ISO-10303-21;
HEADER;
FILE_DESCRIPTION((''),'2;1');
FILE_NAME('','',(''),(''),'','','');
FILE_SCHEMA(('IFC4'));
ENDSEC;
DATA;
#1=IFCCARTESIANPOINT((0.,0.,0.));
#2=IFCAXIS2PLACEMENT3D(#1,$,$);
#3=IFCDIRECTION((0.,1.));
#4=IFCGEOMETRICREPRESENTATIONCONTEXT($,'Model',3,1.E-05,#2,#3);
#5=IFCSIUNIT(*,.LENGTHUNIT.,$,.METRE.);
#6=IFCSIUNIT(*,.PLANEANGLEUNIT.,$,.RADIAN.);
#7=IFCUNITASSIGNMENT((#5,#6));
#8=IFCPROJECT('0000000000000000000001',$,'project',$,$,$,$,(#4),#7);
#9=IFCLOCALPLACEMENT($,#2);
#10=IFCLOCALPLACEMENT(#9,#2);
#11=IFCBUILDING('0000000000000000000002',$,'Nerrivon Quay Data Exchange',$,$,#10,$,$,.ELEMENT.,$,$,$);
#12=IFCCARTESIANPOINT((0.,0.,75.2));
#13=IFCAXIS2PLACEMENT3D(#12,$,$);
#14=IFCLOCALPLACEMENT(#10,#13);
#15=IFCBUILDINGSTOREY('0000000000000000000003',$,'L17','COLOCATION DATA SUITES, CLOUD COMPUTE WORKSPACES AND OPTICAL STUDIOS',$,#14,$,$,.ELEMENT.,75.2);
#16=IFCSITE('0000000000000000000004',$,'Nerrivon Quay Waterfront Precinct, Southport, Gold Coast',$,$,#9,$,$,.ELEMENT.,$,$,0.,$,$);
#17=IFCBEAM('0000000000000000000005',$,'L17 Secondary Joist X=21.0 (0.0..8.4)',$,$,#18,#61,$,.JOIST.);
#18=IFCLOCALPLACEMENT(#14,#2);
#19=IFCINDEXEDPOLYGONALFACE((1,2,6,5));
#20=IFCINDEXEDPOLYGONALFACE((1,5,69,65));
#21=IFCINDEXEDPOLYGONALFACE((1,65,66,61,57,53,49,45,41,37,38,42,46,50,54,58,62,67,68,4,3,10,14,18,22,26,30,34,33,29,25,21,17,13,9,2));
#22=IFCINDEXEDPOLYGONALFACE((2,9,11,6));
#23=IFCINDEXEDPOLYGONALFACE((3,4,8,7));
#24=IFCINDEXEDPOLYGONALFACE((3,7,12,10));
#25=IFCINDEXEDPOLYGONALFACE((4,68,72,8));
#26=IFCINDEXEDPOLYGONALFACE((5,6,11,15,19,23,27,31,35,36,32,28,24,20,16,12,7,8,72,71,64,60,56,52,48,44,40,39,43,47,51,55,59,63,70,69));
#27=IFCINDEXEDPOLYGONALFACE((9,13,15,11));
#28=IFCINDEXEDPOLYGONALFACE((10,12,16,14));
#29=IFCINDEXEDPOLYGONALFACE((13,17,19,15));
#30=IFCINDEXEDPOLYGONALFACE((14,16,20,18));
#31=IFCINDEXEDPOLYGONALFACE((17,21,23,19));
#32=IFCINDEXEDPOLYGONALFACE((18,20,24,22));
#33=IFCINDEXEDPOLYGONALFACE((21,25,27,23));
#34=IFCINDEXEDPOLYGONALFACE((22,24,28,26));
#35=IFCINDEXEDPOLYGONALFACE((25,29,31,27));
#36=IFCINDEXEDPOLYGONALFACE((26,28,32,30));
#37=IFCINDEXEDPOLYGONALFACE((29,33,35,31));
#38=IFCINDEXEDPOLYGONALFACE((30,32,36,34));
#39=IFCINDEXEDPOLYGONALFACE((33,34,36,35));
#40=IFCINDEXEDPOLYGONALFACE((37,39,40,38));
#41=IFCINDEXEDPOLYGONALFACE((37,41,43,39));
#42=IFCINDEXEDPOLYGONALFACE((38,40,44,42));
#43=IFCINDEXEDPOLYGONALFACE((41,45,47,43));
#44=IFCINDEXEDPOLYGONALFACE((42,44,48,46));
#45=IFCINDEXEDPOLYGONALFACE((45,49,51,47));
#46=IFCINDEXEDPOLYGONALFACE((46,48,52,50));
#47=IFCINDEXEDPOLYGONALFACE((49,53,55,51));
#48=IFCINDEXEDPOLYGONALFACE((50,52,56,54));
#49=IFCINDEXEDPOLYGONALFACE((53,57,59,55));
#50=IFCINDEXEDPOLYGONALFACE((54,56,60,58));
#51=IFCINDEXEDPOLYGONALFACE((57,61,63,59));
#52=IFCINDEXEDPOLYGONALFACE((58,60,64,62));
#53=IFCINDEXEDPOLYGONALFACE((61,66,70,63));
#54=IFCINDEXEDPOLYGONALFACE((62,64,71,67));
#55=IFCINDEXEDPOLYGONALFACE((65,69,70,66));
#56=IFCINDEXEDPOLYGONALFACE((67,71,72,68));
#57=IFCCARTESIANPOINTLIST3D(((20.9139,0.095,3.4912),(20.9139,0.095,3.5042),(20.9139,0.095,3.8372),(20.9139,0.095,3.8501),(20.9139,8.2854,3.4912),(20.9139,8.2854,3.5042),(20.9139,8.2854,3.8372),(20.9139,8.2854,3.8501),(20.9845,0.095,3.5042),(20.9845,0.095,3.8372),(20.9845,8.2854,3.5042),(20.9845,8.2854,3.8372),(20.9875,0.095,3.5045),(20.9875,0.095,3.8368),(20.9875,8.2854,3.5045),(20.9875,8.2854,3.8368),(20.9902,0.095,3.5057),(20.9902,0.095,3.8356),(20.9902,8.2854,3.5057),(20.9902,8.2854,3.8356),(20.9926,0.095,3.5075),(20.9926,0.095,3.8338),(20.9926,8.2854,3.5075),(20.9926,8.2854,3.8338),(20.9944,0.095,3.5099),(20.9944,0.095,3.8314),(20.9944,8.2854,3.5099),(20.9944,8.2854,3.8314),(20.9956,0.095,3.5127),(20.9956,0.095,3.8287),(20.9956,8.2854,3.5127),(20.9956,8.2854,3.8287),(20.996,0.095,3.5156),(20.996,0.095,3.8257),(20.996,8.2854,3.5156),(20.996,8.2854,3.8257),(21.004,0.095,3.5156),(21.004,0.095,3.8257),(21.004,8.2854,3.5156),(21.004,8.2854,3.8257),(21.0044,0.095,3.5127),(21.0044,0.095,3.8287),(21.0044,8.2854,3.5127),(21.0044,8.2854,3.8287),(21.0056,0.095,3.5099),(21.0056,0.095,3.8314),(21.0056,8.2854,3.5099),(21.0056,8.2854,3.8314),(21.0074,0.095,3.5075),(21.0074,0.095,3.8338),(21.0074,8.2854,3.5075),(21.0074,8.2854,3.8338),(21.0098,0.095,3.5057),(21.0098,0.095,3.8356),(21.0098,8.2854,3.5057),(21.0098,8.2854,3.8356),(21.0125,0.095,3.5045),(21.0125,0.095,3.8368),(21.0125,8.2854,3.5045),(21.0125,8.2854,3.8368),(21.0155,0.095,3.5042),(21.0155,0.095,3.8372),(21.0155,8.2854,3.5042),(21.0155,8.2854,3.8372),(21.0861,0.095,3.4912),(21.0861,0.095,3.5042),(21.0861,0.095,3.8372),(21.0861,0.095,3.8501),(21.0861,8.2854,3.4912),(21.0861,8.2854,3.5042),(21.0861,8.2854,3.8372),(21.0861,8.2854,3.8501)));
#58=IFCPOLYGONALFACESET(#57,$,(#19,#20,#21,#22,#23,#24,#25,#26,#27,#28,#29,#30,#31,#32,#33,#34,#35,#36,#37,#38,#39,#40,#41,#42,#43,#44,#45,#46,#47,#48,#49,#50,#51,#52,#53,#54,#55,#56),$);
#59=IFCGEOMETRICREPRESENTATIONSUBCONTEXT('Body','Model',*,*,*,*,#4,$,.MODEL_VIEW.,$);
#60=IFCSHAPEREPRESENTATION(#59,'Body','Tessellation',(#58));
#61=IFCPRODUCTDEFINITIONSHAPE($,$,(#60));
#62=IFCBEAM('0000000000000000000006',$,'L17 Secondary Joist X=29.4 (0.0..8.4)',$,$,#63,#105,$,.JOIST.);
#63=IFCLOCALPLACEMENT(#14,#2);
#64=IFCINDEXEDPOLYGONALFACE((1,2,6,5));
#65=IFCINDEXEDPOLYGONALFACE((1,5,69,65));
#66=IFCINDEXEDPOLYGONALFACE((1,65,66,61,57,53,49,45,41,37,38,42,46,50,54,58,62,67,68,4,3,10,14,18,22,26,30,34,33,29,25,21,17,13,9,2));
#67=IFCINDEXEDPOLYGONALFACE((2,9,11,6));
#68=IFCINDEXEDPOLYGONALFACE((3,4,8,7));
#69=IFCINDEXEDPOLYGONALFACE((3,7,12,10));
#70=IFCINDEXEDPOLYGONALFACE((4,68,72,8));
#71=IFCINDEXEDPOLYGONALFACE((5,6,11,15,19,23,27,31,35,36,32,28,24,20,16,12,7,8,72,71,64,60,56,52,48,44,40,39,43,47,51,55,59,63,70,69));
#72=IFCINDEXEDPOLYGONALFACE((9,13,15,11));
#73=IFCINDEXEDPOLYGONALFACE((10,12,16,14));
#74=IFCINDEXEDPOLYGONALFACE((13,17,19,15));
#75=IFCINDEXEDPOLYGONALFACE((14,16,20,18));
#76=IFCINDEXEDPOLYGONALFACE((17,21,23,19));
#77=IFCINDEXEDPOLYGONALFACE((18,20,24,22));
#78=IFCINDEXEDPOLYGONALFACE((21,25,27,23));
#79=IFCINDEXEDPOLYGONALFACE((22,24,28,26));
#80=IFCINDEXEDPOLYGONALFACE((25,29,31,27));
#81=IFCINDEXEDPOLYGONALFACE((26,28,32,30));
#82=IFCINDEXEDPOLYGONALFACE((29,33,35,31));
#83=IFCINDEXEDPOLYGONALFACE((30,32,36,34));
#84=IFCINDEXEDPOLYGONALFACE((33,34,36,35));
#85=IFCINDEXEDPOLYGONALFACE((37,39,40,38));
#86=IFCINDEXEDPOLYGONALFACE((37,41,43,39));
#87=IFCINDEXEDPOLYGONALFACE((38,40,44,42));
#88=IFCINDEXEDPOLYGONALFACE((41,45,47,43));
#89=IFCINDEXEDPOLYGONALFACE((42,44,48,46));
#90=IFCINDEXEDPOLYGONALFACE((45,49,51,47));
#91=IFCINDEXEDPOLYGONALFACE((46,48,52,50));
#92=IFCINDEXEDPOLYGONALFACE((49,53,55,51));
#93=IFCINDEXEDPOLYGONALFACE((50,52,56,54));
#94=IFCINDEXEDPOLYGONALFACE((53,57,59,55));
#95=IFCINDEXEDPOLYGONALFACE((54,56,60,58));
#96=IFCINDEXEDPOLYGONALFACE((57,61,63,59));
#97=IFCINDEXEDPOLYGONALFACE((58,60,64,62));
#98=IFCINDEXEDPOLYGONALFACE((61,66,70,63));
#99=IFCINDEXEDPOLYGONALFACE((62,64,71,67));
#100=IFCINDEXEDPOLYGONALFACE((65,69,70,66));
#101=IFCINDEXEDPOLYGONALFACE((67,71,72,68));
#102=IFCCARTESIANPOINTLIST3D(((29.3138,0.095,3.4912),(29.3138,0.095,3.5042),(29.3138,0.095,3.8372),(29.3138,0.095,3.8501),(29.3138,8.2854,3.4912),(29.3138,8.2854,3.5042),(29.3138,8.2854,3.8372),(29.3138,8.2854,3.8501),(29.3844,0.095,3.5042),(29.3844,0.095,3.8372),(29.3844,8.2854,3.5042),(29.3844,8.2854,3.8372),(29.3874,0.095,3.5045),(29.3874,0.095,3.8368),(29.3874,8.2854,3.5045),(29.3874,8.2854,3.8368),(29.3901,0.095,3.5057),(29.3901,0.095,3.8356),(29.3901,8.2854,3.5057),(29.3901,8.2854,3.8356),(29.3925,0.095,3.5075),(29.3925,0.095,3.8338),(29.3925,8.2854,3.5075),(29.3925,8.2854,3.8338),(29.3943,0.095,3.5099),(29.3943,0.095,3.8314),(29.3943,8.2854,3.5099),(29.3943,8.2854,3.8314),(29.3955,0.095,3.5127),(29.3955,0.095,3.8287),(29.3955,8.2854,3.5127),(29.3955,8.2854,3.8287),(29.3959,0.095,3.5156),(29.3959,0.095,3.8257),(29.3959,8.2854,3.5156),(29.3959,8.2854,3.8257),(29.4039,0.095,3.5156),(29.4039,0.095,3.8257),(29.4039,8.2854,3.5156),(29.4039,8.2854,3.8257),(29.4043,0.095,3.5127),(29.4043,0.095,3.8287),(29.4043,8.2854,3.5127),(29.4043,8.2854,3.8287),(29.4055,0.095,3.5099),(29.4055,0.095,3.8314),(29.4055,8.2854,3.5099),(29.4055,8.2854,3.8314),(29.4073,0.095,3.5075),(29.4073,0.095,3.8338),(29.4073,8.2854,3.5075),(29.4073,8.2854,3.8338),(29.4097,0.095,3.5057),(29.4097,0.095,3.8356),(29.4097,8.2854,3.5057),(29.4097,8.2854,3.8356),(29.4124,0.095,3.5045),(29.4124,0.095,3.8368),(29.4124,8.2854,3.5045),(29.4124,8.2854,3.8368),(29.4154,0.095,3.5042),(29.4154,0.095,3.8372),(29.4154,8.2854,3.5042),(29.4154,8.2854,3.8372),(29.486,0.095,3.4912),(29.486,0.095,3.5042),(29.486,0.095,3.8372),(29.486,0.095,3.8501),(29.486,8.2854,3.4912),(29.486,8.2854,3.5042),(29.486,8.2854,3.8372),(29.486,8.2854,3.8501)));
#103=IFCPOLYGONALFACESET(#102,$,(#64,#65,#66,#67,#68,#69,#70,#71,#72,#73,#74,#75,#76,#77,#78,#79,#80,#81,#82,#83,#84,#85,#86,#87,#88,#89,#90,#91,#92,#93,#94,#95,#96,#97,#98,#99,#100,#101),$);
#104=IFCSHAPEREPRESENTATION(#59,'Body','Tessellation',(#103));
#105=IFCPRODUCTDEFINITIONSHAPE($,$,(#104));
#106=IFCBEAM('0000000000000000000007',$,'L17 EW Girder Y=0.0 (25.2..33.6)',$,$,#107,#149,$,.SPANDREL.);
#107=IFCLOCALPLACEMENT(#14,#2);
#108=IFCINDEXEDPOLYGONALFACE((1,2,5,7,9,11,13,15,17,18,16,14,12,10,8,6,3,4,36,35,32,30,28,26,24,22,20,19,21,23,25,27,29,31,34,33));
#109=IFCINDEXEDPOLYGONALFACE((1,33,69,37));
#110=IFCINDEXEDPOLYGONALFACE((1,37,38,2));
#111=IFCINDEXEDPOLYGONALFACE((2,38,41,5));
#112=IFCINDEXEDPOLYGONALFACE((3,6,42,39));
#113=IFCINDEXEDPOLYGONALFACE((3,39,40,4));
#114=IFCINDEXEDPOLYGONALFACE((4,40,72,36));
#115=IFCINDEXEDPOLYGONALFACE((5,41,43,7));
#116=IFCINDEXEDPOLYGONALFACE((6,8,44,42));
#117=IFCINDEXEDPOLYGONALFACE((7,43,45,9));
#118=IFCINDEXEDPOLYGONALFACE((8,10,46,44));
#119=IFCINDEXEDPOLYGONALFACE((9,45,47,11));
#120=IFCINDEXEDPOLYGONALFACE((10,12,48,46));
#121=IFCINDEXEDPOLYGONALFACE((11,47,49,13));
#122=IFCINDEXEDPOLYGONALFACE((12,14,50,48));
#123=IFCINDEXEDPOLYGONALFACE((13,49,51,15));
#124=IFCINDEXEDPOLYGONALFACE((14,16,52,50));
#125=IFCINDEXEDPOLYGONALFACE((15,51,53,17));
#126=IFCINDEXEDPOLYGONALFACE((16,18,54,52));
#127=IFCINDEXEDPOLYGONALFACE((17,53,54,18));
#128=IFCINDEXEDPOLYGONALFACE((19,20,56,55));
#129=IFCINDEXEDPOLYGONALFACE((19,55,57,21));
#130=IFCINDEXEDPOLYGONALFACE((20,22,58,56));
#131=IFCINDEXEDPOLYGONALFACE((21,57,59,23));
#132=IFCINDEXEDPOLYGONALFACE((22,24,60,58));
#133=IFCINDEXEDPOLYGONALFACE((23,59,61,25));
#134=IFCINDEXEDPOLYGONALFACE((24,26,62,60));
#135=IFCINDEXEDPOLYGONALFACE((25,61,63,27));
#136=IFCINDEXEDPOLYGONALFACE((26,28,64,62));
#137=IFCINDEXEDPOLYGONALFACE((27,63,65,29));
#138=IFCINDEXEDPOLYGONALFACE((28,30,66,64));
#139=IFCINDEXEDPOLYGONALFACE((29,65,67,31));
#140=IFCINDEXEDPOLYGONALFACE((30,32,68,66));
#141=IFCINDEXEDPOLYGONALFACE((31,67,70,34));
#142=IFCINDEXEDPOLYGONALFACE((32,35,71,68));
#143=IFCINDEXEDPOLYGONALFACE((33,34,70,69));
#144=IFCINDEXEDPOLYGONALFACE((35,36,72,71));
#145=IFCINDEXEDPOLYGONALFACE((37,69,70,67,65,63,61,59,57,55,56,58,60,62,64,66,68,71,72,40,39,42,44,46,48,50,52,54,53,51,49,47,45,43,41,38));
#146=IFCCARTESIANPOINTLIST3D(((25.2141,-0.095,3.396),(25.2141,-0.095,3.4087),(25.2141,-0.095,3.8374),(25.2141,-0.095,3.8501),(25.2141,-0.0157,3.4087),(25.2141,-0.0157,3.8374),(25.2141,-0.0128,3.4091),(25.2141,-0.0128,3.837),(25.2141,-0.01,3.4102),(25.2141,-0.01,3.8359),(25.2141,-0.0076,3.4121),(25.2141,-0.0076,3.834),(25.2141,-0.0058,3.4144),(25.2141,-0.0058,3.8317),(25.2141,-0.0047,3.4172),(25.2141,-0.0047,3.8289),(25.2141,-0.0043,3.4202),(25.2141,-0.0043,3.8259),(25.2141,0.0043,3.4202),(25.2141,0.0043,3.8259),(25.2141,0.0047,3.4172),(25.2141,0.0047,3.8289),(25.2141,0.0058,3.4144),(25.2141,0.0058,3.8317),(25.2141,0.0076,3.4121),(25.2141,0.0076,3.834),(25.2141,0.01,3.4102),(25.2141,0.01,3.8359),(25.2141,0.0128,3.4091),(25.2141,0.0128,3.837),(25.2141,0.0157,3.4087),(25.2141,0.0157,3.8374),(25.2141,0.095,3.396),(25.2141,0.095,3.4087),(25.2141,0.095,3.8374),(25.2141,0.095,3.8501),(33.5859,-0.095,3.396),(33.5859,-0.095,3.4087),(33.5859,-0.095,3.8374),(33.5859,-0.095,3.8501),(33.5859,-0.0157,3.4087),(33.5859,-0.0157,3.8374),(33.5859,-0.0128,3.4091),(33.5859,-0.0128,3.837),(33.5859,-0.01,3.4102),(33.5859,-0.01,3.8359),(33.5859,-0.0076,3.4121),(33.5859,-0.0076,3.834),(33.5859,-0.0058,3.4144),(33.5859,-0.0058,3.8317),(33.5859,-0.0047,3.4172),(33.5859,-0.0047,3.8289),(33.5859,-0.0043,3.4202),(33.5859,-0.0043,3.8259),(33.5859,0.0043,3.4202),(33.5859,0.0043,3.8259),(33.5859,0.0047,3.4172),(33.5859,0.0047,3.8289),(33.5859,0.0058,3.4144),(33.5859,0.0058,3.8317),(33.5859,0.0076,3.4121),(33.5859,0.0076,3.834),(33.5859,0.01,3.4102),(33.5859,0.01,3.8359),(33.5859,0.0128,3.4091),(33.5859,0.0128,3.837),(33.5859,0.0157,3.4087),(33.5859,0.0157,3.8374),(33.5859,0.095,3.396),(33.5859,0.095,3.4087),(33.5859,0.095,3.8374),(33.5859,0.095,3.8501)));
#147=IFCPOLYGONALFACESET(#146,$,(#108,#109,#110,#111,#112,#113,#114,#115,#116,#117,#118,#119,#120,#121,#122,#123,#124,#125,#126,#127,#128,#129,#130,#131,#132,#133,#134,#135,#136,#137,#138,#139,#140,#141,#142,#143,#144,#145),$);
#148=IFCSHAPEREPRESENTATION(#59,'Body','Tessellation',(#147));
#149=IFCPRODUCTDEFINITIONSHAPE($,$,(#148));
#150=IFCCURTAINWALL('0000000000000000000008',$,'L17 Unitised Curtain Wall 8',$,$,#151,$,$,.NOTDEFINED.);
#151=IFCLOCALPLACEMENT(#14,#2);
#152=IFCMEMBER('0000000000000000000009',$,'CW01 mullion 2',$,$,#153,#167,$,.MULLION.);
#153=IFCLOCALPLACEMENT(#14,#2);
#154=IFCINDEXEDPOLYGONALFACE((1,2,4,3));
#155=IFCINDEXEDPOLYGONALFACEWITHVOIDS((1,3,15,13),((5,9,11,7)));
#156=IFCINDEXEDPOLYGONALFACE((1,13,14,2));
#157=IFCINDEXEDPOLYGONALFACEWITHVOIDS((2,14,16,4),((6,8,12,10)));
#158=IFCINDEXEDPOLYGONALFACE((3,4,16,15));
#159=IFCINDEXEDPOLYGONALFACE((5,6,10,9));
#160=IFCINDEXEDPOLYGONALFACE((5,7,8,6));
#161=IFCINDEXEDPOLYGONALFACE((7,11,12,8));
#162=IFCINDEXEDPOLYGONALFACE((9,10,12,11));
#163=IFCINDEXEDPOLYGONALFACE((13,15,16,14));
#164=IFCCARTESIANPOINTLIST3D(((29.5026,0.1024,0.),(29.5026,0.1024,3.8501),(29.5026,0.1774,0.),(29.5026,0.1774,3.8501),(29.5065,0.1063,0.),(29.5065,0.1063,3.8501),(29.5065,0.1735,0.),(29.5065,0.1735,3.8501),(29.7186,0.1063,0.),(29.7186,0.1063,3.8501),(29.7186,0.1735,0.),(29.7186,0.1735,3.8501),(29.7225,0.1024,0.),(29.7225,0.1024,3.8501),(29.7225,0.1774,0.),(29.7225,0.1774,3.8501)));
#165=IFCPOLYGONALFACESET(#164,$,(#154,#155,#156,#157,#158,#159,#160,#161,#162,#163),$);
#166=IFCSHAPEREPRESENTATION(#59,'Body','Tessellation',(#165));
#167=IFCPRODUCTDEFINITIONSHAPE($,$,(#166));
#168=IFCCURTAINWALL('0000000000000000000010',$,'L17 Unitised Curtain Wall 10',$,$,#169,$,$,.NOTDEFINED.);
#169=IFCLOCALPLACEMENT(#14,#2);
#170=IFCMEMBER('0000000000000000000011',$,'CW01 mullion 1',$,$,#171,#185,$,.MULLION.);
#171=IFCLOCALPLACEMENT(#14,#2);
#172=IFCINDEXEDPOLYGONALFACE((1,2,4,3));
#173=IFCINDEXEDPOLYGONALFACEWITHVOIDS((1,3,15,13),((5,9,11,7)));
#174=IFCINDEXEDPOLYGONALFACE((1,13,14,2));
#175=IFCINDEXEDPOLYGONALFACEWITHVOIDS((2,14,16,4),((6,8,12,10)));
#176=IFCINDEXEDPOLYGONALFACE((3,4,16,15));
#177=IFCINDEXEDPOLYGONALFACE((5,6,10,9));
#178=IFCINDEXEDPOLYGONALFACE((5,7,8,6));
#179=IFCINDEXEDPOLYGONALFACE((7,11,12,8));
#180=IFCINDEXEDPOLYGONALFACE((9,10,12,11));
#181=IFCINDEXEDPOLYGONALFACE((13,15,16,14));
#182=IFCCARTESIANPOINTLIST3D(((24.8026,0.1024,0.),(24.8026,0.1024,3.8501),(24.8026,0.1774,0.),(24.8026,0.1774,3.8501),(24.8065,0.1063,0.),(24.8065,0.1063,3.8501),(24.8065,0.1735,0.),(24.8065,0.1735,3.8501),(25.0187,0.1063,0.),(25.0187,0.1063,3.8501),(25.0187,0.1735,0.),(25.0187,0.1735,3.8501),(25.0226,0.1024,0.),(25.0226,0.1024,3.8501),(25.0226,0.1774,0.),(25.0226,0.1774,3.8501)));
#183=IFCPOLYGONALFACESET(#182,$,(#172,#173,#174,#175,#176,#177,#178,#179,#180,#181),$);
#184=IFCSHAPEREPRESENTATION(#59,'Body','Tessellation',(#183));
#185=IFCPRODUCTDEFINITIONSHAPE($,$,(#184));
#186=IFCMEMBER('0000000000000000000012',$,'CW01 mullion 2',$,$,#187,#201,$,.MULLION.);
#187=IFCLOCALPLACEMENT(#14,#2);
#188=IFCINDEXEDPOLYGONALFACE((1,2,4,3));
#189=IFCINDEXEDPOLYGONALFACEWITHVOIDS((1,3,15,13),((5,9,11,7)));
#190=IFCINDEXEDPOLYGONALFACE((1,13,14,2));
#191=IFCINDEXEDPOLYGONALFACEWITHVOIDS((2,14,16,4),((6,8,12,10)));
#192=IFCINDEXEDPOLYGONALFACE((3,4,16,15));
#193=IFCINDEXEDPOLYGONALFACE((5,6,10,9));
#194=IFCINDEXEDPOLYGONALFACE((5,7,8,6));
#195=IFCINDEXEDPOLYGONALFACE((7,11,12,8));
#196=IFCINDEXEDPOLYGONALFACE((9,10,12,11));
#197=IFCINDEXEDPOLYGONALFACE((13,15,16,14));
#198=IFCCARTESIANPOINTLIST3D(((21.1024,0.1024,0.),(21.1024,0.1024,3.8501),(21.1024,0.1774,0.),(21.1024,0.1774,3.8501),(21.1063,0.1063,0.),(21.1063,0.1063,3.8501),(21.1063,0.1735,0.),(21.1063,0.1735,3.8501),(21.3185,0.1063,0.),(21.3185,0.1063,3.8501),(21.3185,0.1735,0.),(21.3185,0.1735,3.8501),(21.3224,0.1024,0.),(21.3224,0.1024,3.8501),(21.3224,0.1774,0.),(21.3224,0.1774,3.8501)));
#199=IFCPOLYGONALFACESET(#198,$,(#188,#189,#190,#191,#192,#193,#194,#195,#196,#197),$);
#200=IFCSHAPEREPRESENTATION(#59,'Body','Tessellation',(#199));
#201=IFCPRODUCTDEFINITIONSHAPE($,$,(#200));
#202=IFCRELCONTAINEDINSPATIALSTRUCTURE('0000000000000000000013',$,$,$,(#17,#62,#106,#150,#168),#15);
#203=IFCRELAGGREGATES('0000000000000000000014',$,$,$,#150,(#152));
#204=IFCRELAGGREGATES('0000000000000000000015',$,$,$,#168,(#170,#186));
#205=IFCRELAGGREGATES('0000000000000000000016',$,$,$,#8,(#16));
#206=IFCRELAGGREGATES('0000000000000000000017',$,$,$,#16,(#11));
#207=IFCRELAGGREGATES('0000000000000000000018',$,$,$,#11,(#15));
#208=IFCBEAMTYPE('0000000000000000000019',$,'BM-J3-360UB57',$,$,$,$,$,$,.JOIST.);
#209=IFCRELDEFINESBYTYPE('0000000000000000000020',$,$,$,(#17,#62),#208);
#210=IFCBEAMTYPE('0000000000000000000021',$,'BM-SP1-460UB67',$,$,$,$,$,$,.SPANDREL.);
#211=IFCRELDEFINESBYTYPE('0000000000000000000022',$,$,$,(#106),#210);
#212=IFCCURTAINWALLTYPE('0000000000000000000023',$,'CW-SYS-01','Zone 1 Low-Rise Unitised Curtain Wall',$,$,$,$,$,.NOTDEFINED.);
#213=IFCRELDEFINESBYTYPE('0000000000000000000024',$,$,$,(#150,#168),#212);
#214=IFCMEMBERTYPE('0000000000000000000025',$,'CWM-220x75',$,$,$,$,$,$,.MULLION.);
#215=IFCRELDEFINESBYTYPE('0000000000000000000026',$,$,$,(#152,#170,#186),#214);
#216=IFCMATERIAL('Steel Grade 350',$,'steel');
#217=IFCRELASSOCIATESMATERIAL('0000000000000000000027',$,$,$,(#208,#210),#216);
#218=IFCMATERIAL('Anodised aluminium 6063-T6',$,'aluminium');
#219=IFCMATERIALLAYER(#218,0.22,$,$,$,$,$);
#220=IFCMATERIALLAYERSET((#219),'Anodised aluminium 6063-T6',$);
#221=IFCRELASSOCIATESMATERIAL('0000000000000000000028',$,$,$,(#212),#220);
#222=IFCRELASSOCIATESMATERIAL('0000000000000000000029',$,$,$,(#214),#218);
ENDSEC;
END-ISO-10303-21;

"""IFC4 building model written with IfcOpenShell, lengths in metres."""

from ifc_helpers import new_model, si_unit, direction, frame, origin, origin_2d, place, context, subcontext, project, spatial, hollow_rectangle, i_section, extrude, material, layer, layer_set, material_profile, profile_set, type_object, element, aggregate, save


model = new_model("IFC4")

# Units and contexts
model_context = context("Model", 3, precision=1e-05, world=origin(), true_north=direction((0.0, 1.0)))
body_context = subcontext(model_context, "Body", "Model", "MODEL_VIEW")
ifc_project = project(units=[si_unit("LENGTHUNIT", "METRE"), si_unit("PLANEANGLEUNIT", "RADIAN")], contexts=[model_context])

# Site, building, storey
site_placement = place(None, origin())
site = spatial("IfcSite", under=ifc_project, at=site_placement, Name="Nerrivon Quay Waterfront Precinct, Southport, Gold Coast", CompositionType="ELEMENT", RefElevation=0.0)
building_placement = place(site_placement, origin())
building = spatial("IfcBuilding", under=site, at=building_placement, Name="Nerrivon Quay Data Exchange", CompositionType="ELEMENT")
storey_placement = place(building_placement, frame((0.0, 0.0, 75.2)))
storey = spatial("IfcBuildingStorey", under=building, at=storey_placement, Name="L17", Description="COLOCATION DATA SUITES, CLOUD COMPUTE WORKSPACES AND OPTICAL STUDIOS", CompositionType="ELEMENT", Elevation=75.2)

# Shared definitions
ifc_material_1 = material(Name="Steel Grade 350", Category="steel")

# Beams
ifc_material_profile_1 = material_profile(ifc_material_1, i_section(OverallWidth=0.1721, OverallDepth=0.3589, WebThickness=0.0081, FlangeThickness=0.0129, FilletRadius=0.0115, at=origin_2d()), Name="360UB56.7")
ifc_profile_set_1 = profile_set([ifc_material_profile_1], Name="Steel Grade 350")
beam_type_1 = type_object("IfcBeamType", Name="BM-J3-360UB57", PredefinedType="JOIST", material=ifc_profile_set_1)
for number, where, z_axis, x_axis, name in (
    (1, (21.0, 0.095, 3.6707), (0.0, 1.0, 0.0), (-1.0, 0.0, 0.0), "L17 Secondary Joist X=21.0 (0.0..8.4)"),
    (2, (29.3999, 0.095, 3.6707), (0.0, 1.0, 0.0), (-1.0, 0.0, 0.0), "L17 Secondary Joist X=29.4 (0.0..8.4)"),
):
    element("IfcBeam", number, at=place(storey_placement, frame(where, z_axis=z_axis, x_axis=x_axis)), inside=storey, type_object=beam_type_1, Name=name, PredefinedType="JOIST", context=body_context, shape_type="SweptSolid", body=[
        extrude(i_section(OverallWidth=0.1721, OverallDepth=0.3589, WebThickness=0.0081, FlangeThickness=0.0129, FilletRadius=0.0115, at=origin_2d()), origin(), (0.0, 0.0, 1.0), 8.1904),
    ])
ifc_material_profile_2 = material_profile(ifc_material_1, i_section(OverallWidth=0.1899, OverallDepth=0.4541, WebThickness=0.0085, FlangeThickness=0.0127, FilletRadius=0.0115, at=origin_2d()), Name="460UB67.1")
ifc_profile_set_2 = profile_set([ifc_material_profile_2], Name="Steel Grade 350")
beam_type_2 = type_object("IfcBeamType", Name="BM-SP1-460UB67", PredefinedType="SPANDREL", material=ifc_profile_set_2)
beam_1_placement = place(storey_placement, frame((25.2141, 0.0, 3.623), z_axis=(1.0, 0.0, 0.0), x_axis=(0.0, 1.0, 0.0)))
element("IfcBeam", 3, at=beam_1_placement, inside=storey, type_object=beam_type_2, Name="L17 EW Girder Y=0.0 (25.2..33.6)", PredefinedType="SPANDREL", context=body_context, shape_type="SweptSolid", body=[
    extrude(i_section(OverallWidth=0.1899, OverallDepth=0.4541, WebThickness=0.0085, FlangeThickness=0.0127, FilletRadius=0.0115, at=origin_2d()), origin(), (0.0, 0.0, 1.0), 8.3718),
])

# Curtain wall, member
ifc_material_2 = material(Name="Anodised aluminium 6063-T6", Category="aluminium")
ifc_layer_1 = layer(ifc_material_2, 0.22)
ifc_layer_set_1 = layer_set([ifc_layer_1], Name="Anodised aluminium 6063-T6")
curtain_wall_type = type_object("IfcCurtainWallType", Name="CW-SYS-01", Description="Zone 1 Low-Rise Unitised Curtain Wall", PredefinedType="NOTDEFINED", material=ifc_layer_set_1)
curtain_wall_1_placement = place(storey_placement, origin())
curtain_wall_1 = element("IfcCurtainWall", 4, at=curtain_wall_1_placement, inside=storey, type_object=curtain_wall_type, Name="L17 Unitised Curtain Wall 8", PredefinedType="NOTDEFINED")
ifc_material_profile_3 = material_profile(ifc_material_2, hollow_rectangle(XDim=0.075, YDim=0.22, WallThickness=0.0039, at=origin_2d()), Name="ALU-MULL-220x75")
ifc_profile_set_3 = profile_set([ifc_material_profile_3], Name="Anodised aluminium 6063-T6")
member_type_1 = type_object("IfcMemberType", Name="CWM-220x75", PredefinedType="MULLION", material=ifc_profile_set_3)
member_1_placement = place(storey_placement, frame((29.6125, 0.1399, 0.0), z_axis=(0.0, 0.0, 1.0), x_axis=(0.0, -1.0, 0.0)))
member_1 = element("IfcMember", 5, at=member_1_placement, type_object=member_type_1, Name="CW01 mullion 2", PredefinedType="MULLION", context=body_context, shape_type="SweptSolid", body=[
    extrude(hollow_rectangle(XDim=0.075, YDim=0.22, WallThickness=0.0039, at=origin_2d()), origin(), (0.0, 0.0, 1.0), 3.8501),
])

# Curtain wall, members
curtain_wall_2_placement = place(storey_placement, origin())
curtain_wall_2 = element("IfcCurtainWall", 6, at=curtain_wall_2_placement, inside=storey, type_object=curtain_wall_type, Name="L17 Unitised Curtain Wall 10", PredefinedType="NOTDEFINED")
member_2_placement = place(storey_placement, frame((24.9126, 0.1399, 0.0), z_axis=(0.0, 0.0, 1.0), x_axis=(0.0, -1.0, 0.0)))
member_2 = element("IfcMember", 7, at=member_2_placement, type_object=member_type_1, Name="CW01 mullion 1", PredefinedType="MULLION", context=body_context, shape_type="SweptSolid", body=[
    extrude(hollow_rectangle(XDim=0.075, YDim=0.22, WallThickness=0.0039, at=origin_2d()), origin(), (0.0, 0.0, 1.0), 3.8501),
])
member_3_placement = place(storey_placement, frame((21.2124, 0.1399, 0.0), z_axis=(0.0, 0.0, 1.0), x_axis=(0.0, -1.0, 0.0)))
member_3 = element("IfcMember", 8, at=member_3_placement, type_object=member_type_1, Name="CW01 mullion 2", PredefinedType="MULLION", context=body_context, shape_type="SweptSolid", body=[
    extrude(hollow_rectangle(XDim=0.075, YDim=0.22, WallThickness=0.0039, at=origin_2d()), origin(), (0.0, 0.0, 1.0), 3.8501),
])

aggregate(curtain_wall_1, [member_1])
aggregate(curtain_wall_2, [member_2, member_3])

save(model, "model.ifc")
